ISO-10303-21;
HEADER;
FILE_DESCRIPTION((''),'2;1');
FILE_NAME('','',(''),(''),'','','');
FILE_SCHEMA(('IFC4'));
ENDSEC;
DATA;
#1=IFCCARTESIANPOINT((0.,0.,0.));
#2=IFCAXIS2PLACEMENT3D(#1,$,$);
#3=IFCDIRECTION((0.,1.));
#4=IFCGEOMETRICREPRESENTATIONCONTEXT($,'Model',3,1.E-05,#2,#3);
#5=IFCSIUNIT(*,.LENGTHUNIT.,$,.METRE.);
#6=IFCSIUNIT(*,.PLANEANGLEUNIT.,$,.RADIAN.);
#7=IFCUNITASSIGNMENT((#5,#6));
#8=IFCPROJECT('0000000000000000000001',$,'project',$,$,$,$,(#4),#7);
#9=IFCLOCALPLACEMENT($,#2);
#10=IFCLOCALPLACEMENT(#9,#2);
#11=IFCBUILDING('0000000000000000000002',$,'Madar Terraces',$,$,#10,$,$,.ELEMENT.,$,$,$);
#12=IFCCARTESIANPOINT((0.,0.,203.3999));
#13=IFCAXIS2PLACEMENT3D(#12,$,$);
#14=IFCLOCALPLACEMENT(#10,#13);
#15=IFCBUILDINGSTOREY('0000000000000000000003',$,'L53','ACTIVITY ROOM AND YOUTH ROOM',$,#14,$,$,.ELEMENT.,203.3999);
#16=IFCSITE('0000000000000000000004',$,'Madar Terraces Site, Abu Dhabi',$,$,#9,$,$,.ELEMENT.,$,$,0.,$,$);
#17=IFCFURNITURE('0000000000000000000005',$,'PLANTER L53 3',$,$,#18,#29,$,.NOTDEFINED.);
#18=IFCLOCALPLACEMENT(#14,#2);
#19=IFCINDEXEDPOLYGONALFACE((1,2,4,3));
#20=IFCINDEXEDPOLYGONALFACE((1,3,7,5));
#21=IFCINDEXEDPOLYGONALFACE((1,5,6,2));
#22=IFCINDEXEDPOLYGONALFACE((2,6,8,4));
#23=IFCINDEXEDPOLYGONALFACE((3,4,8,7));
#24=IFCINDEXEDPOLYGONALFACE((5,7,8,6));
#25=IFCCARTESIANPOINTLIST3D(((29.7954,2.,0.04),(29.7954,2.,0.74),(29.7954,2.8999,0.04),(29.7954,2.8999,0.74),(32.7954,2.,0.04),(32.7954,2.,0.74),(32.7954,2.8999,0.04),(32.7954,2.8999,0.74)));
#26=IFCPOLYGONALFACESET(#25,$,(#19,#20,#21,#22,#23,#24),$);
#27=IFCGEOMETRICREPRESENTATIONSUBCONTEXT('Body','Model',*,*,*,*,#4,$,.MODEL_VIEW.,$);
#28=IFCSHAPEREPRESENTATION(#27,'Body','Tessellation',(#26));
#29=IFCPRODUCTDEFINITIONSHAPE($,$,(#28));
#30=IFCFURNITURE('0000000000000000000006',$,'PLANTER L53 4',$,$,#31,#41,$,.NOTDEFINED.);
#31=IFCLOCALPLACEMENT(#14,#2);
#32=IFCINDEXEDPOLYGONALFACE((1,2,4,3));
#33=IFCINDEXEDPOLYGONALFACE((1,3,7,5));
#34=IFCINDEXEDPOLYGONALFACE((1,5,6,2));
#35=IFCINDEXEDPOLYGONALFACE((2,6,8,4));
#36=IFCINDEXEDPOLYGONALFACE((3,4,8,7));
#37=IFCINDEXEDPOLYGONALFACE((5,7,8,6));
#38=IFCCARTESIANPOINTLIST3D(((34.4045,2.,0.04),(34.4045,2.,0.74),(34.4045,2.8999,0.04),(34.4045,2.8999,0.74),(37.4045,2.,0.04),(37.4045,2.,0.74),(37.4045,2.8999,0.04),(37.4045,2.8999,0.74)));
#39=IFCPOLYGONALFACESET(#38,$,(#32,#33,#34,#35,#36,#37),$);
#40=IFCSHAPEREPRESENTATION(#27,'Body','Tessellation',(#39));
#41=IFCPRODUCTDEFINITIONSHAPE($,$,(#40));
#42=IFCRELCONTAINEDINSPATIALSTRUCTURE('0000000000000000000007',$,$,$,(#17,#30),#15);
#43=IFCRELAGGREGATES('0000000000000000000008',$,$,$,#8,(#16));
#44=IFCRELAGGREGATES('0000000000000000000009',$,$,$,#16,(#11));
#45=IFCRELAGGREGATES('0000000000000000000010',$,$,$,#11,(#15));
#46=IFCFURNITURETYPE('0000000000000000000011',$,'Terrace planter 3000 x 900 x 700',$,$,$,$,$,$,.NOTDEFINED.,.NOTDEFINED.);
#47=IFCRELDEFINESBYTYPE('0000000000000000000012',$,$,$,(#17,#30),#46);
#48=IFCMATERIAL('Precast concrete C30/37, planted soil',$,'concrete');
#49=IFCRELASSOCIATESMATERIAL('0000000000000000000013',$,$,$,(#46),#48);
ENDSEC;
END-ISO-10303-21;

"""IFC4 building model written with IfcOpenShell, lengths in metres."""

from ifc_helpers import new_model, si_unit, direction, frame, origin, origin_2d, place, context, subcontext, project, spatial, rectangle, extrude, material, type_object, element, save


model = new_model("IFC4")

# Units and contexts
model_context = context("Model", 3, precision=1e-05, world=origin(), true_north=direction((0.0, 1.0)))
body_context = subcontext(model_context, "Body", "Model", "MODEL_VIEW")
ifc_project = project(units=[si_unit("LENGTHUNIT", "METRE"), si_unit("PLANEANGLEUNIT", "RADIAN")], contexts=[model_context])

# Site, building, storey
site_placement = place(None, origin())
site = spatial("IfcSite", under=ifc_project, at=site_placement, Name="Madar Terraces Site, Abu Dhabi", CompositionType="ELEMENT", RefElevation=0.0)
building_placement = place(site_placement, origin())
building = spatial("IfcBuilding", under=site, at=building_placement, Name="Madar Terraces", CompositionType="ELEMENT")
storey_placement = place(building_placement, frame((0.0, 0.0, 203.3999)))
storey = spatial("IfcBuildingStorey", under=building, at=storey_placement, Name="L53", Description="ACTIVITY ROOM AND YOUTH ROOM", CompositionType="ELEMENT", Elevation=203.3999)

# Furniture
ifc_material_1 = material(Name="Precast concrete C30/37, planted soil", Category="concrete")
furniture_type = type_object("IfcFurnitureType", Name="Terrace planter 3000 x 900 x 700", AssemblyPlace="NOTDEFINED", PredefinedType="NOTDEFINED", material=ifc_material_1)
for number, where, z_axis, x_axis, name in (
    (1, (31.2954, 2.45, 0.04), (0.0, 0.0, 1.0), (1.0, 0.0, 0.0), "PLANTER L53 3"),
    (2, (35.9045, 2.45, 0.04), (0.0, 0.0, 1.0), (1.0, 0.0, 0.0), "PLANTER L53 4"),
):
    element("IfcFurniture", number, at=place(storey_placement, frame(where, z_axis=z_axis, x_axis=x_axis)), inside=storey, type_object=furniture_type, Name=name, PredefinedType="NOTDEFINED", context=body_context, shape_type="SweptSolid", body=[
        extrude(rectangle(XDim=3.0, YDim=0.8999, at=origin_2d()), origin(), (0.0, 0.0, 1.0), 0.7),
    ])

save(model, "model.ifc")
